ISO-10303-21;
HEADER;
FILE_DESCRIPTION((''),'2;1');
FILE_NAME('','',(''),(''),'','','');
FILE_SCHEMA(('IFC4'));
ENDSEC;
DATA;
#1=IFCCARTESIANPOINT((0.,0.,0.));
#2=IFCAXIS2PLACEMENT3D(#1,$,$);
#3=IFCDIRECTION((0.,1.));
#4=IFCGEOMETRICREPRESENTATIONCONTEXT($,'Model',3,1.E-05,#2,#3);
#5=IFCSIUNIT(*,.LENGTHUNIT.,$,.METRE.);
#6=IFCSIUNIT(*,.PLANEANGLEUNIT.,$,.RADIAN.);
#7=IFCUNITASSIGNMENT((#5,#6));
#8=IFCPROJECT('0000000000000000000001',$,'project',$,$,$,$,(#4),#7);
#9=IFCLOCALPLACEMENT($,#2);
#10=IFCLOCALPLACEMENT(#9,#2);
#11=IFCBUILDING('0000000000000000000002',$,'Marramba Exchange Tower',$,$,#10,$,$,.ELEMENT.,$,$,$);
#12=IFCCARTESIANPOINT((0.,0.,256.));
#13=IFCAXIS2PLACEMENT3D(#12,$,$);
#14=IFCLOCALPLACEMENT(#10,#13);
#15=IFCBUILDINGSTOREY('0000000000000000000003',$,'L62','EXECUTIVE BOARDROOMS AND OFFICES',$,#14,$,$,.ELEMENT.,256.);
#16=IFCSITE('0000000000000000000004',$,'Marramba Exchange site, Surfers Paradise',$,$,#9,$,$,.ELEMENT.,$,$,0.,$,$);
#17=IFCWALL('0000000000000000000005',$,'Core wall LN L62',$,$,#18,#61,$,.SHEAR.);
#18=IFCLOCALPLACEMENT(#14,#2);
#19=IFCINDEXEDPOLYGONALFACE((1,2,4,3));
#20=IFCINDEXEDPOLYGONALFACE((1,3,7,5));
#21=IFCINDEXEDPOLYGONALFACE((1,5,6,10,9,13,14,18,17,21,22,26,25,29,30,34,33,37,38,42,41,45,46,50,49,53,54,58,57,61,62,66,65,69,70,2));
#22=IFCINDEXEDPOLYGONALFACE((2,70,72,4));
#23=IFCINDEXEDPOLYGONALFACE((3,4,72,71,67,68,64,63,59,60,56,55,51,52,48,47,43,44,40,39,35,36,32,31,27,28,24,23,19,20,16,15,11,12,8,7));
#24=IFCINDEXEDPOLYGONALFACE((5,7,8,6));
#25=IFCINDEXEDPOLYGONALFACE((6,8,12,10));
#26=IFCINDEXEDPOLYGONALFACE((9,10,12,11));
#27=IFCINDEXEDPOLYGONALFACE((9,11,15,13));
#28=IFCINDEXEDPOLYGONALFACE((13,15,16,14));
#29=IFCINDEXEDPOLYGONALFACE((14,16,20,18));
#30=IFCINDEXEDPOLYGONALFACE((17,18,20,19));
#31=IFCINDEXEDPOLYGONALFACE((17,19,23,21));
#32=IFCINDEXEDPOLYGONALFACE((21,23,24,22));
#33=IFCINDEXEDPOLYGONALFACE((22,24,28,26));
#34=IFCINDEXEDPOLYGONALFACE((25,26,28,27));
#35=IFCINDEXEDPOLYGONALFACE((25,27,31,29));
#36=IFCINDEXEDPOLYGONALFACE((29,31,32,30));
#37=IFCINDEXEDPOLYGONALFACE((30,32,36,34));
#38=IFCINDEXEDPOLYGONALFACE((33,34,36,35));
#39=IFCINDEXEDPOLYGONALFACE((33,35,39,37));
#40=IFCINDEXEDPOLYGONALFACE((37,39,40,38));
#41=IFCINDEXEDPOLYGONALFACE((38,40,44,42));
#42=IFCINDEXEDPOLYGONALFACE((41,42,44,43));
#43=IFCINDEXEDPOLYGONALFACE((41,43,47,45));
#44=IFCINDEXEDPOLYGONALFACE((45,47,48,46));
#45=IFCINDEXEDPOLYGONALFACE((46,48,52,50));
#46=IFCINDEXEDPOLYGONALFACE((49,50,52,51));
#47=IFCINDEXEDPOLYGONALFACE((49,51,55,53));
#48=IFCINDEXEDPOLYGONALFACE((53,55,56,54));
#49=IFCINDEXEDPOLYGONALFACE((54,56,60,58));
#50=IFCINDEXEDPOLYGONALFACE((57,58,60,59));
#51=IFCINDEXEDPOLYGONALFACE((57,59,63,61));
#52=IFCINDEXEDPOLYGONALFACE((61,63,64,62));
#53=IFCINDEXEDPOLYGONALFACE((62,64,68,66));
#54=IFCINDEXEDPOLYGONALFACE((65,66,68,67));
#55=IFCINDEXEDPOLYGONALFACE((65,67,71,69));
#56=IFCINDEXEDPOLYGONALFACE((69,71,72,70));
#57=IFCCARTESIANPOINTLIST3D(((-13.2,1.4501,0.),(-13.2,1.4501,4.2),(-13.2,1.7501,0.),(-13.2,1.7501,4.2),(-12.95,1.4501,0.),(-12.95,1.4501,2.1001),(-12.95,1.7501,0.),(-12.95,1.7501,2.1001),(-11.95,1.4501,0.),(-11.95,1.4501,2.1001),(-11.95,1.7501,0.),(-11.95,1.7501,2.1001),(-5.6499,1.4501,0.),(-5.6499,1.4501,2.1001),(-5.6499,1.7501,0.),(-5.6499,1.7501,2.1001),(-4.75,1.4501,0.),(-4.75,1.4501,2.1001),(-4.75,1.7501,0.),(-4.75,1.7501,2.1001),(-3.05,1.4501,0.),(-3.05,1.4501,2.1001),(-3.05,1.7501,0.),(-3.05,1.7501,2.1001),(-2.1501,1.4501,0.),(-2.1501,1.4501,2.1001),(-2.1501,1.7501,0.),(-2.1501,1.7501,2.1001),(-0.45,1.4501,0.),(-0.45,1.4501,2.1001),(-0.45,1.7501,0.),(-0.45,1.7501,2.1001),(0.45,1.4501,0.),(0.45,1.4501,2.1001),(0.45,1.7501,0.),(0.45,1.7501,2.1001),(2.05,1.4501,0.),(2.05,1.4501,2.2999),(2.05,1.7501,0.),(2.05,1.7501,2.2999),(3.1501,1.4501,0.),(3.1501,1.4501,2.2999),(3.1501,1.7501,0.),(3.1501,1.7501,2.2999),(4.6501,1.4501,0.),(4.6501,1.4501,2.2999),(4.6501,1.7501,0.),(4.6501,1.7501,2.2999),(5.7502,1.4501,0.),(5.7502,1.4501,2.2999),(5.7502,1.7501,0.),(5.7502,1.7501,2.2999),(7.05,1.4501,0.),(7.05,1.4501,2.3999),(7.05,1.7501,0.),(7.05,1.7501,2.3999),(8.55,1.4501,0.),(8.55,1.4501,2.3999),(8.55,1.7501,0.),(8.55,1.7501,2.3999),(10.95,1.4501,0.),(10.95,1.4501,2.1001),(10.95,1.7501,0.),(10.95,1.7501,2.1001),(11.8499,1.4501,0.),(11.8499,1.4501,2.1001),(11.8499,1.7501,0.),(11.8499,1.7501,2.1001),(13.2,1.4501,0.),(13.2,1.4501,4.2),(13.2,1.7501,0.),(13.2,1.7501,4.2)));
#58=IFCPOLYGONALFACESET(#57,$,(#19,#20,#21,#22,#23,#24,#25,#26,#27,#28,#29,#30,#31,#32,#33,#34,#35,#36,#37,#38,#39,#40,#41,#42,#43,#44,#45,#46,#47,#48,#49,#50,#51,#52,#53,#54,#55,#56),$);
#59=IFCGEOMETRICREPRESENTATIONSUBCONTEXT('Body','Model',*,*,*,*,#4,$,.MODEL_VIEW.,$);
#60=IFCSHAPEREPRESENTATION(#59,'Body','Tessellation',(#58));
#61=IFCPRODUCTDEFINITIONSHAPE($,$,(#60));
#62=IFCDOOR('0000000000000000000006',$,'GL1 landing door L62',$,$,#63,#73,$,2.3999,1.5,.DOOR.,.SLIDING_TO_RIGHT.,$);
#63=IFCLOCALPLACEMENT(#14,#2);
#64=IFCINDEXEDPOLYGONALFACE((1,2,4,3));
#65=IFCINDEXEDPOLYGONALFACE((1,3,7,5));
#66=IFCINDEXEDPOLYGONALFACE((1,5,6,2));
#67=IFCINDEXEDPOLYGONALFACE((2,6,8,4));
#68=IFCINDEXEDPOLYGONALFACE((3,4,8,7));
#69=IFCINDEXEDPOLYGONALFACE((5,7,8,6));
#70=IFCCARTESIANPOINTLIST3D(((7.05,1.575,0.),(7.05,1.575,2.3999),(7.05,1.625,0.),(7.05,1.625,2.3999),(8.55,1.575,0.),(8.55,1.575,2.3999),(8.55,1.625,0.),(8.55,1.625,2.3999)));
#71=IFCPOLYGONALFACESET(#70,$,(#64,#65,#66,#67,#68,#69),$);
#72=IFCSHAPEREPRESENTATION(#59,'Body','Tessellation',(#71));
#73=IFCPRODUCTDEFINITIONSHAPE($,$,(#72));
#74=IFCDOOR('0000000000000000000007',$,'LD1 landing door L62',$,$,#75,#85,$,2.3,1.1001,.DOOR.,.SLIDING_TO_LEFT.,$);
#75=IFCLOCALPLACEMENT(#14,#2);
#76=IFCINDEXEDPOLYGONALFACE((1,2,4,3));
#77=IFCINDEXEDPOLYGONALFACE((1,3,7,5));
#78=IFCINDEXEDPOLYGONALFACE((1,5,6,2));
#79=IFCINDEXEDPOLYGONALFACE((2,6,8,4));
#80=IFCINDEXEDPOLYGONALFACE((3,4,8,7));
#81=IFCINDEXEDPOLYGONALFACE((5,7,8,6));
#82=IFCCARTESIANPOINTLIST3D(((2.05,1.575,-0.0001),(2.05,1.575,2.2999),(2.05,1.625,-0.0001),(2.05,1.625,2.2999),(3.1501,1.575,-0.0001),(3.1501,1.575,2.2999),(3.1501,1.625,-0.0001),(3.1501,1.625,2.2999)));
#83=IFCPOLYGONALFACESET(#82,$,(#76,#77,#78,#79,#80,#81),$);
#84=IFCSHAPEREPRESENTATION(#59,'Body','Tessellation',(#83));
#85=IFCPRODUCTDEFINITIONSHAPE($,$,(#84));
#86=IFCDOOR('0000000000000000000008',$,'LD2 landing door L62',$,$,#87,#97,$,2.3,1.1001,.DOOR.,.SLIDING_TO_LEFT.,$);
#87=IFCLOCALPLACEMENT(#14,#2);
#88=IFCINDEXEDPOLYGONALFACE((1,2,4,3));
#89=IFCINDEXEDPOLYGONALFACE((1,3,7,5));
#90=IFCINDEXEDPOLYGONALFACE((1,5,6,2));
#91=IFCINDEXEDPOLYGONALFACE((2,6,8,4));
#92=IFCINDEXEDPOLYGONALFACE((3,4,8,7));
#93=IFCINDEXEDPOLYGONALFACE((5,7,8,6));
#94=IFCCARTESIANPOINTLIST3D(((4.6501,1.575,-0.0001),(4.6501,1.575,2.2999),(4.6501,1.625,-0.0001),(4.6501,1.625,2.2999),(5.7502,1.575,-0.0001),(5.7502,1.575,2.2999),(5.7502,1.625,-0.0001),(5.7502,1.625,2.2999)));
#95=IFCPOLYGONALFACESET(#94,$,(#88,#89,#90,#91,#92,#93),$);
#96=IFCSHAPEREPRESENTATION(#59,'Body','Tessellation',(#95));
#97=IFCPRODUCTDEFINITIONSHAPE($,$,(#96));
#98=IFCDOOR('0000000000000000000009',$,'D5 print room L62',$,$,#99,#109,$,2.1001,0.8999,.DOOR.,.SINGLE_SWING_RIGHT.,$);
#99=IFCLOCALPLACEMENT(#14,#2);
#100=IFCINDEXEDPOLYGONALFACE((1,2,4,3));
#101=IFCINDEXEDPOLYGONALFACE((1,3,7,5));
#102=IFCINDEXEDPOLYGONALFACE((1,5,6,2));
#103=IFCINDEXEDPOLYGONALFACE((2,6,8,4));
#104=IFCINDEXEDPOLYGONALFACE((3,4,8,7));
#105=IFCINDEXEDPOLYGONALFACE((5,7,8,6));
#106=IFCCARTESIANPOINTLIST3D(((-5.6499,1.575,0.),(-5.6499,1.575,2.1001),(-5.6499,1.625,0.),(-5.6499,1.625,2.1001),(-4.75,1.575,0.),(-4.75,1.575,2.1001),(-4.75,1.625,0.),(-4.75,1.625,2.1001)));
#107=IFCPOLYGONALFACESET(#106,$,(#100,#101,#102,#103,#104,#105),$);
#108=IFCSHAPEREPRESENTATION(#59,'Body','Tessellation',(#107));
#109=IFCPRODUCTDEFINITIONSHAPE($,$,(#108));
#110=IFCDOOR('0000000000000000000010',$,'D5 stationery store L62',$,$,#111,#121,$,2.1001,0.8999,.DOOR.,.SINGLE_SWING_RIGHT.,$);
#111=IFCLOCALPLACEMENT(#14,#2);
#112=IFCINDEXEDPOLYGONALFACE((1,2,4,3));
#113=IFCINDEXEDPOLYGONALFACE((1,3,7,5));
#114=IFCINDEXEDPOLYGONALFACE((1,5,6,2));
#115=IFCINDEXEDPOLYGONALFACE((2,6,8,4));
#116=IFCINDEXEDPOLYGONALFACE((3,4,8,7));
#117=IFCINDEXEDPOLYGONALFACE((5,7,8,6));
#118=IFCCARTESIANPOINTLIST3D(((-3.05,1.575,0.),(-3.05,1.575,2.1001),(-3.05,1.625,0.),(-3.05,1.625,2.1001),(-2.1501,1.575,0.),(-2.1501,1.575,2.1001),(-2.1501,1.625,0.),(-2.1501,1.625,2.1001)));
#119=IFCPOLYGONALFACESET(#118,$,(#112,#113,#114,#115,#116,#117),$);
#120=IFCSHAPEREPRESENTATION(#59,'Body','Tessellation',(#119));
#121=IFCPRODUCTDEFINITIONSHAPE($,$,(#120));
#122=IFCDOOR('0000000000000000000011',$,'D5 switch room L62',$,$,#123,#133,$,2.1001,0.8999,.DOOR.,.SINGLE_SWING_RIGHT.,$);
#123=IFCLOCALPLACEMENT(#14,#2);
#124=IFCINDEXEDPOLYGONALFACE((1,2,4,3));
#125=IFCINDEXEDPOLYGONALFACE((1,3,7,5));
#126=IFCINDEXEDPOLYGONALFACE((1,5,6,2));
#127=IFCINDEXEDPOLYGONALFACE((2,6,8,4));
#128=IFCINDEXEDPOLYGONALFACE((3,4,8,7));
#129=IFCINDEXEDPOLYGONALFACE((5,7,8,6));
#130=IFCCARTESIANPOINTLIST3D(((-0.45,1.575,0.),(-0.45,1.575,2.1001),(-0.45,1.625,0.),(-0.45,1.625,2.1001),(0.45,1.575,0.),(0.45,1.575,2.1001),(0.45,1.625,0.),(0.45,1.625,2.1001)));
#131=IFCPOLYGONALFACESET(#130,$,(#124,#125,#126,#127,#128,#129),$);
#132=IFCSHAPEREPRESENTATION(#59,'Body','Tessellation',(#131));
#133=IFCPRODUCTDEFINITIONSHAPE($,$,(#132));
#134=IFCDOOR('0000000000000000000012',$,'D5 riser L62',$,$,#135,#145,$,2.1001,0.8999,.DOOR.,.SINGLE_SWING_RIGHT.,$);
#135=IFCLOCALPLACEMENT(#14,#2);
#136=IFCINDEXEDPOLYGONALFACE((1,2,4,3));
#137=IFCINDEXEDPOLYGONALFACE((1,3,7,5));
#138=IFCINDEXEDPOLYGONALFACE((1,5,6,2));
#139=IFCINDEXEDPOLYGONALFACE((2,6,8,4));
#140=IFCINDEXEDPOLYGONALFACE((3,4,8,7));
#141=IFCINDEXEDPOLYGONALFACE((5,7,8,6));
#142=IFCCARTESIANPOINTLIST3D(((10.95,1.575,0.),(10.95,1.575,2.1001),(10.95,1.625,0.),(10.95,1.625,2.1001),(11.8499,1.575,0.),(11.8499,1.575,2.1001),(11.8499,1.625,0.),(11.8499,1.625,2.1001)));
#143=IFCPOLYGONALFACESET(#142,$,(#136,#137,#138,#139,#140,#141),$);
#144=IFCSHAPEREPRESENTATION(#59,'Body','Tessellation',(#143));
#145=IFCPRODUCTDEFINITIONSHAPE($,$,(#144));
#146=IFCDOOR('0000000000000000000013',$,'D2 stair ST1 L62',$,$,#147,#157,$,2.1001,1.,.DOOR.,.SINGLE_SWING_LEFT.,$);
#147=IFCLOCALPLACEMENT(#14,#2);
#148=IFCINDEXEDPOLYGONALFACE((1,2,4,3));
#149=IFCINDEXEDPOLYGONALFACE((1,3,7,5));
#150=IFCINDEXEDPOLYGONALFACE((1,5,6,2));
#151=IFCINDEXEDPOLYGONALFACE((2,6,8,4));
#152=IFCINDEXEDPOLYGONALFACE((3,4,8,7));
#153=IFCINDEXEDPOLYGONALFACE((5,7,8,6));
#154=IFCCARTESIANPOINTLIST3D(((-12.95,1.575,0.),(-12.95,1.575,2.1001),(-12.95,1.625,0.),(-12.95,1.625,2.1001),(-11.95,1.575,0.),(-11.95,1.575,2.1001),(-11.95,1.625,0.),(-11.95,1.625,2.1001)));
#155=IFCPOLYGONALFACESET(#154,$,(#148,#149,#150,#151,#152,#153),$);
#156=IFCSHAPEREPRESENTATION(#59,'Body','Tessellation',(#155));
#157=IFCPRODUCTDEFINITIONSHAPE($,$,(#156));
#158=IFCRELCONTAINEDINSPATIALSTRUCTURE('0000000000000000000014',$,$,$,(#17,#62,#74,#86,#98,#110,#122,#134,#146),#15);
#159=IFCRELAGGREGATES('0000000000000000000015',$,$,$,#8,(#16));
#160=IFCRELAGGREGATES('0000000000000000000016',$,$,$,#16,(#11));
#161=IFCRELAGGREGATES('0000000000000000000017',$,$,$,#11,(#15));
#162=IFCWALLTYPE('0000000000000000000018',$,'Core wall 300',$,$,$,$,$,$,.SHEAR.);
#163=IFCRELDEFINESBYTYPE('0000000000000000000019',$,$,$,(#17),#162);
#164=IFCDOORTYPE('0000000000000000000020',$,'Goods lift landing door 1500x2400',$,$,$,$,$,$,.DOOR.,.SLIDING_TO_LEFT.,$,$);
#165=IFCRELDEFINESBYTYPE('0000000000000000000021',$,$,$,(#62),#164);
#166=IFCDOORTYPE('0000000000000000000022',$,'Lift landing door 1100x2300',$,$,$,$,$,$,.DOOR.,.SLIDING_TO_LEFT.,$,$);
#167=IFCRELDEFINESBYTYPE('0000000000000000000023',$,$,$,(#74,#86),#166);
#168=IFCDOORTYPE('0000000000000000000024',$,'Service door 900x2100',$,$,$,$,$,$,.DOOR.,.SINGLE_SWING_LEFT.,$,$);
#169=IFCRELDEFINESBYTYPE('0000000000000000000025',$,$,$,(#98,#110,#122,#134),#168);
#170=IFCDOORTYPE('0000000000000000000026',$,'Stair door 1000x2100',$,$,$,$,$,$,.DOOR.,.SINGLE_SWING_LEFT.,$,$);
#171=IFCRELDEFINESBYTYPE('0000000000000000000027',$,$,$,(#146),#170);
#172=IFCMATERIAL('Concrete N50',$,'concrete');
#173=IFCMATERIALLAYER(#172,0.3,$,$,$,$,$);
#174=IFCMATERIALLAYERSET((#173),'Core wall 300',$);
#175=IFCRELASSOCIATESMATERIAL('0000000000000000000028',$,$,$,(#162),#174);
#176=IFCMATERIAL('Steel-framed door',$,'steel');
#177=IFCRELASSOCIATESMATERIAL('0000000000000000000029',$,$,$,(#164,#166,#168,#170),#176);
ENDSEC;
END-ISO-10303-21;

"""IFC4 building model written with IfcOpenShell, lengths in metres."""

from ifc_helpers import new_model, si_unit, direction, frame, frame_2d, origin, place, context, subcontext, project, spatial, rectangle, extrude, material, layer, layer_set, type_object, element, fill, save


model = new_model("IFC4")

# Units and contexts
model_context = context("Model", 3, precision=1e-05, world=origin(), true_north=direction((0.0, 1.0)))
body_context = subcontext(model_context, "Body", "Model", "MODEL_VIEW")
ifc_project = project(units=[si_unit("LENGTHUNIT", "METRE"), si_unit("PLANEANGLEUNIT", "RADIAN")], contexts=[model_context])

# Site, building, storey
site_placement = place(None, origin())
site = spatial("IfcSite", under=ifc_project, at=site_placement, Name="Marramba Exchange site, Surfers Paradise", CompositionType="ELEMENT", RefElevation=0.0)
building_placement = place(site_placement, origin())
building = spatial("IfcBuilding", under=site, at=building_placement, Name="Marramba Exchange Tower", CompositionType="ELEMENT")
storey_placement = place(building_placement, frame((0.0, 0.0, 256.0)))
storey = spatial("IfcBuildingStorey", under=building, at=storey_placement, Name="L62", Description="EXECUTIVE BOARDROOMS AND OFFICES", CompositionType="ELEMENT", Elevation=256.0)

# Shared definitions
ifc_material_1 = material(Name="Concrete N50", Category="concrete")

# Wall, openings, doors
ifc_layer_1 = layer(ifc_material_1, 0.3)
ifc_layer_set_1 = layer_set([ifc_layer_1], Name="Core wall 300")
wall_type_1 = type_object("IfcWallType", Name="Core wall 300", PredefinedType="SHEAR", material=ifc_layer_set_1)
wall_1_placement = place(storey_placement, frame((-13.2, 1.6001, 0.0), z_axis=(0.0, 0.0, 1.0), x_axis=(1.0, 0.0, 0.0)))
wall_1 = element("IfcWall", 1, at=wall_1_placement, inside=storey, type_object=wall_type_1, Name="Core wall LN L62", PredefinedType="SHEAR", context=body_context, shape_type="SweptSolid", body=[
    extrude(rectangle(XDim=26.3999, YDim=0.3, at=frame_2d((13.2, 0.0))), origin(), (0.0, 0.0, 1.0), 4.2),
])
opening_1_placement = place(wall_1_placement, frame((0.25, 0.0, 0.0)))
opening_1 = element("IfcOpeningElement", 2, at=opening_1_placement, cuts=wall_1, PredefinedType="OPENING", context=body_context, shape_type="SweptSolid", body=[
    extrude(rectangle(XDim=1.0, YDim=2.1001, at=frame_2d((0.5, 1.05))), frame((0.0, 0.1599, 0.0), z_axis=(0.0, -1.0, 0.0), x_axis=(1.0, 0.0, 0.0)), (0.0, 0.0, 1.0), 0.3201),
])
opening_2_placement = place(wall_1_placement, frame((20.25, 0.0, 0.0)))
opening_2 = element("IfcOpeningElement", 3, at=opening_2_placement, cuts=wall_1, PredefinedType="OPENING", context=body_context, shape_type="SweptSolid", body=[
    extrude(rectangle(XDim=1.5, YDim=2.3999, at=frame_2d((0.75, 1.2))), frame((0.0, 0.1599, 0.0), z_axis=(0.0, -1.0, 0.0), x_axis=(1.0, 0.0, 0.0)), (0.0, 0.0, 1.0), 0.3201),
])
opening_3_placement = place(wall_1_placement, frame((7.55, 0.0, 0.0)))
opening_3 = element("IfcOpeningElement", 4, at=opening_3_placement, cuts=wall_1, PredefinedType="OPENING", context=body_context, shape_type="SweptSolid", body=[
    extrude(rectangle(XDim=0.8999, YDim=2.1001, at=frame_2d((0.45, 1.05))), frame((0.0, 0.1599, 0.0), z_axis=(0.0, -1.0, 0.0), x_axis=(1.0, 0.0, 0.0)), (0.0, 0.0, 1.0), 0.3201),
])
opening_4_placement = place(wall_1_placement, frame((10.1499, 0.0, 0.0)))
opening_4 = element("IfcOpeningElement", 5, at=opening_4_placement, cuts=wall_1, PredefinedType="OPENING", context=body_context, shape_type="SweptSolid", body=[
    extrude(rectangle(XDim=0.8999, YDim=2.1001, at=frame_2d((0.45, 1.05))), frame((0.0, 0.1599, 0.0), z_axis=(0.0, -1.0, 0.0), x_axis=(1.0, 0.0, 0.0)), (0.0, 0.0, 1.0), 0.3201),
])
opening_5_placement = place(wall_1_placement, frame((12.75, 0.0, 0.0)))
opening_5 = element("IfcOpeningElement", 6, at=opening_5_placement, cuts=wall_1, PredefinedType="OPENING", context=body_context, shape_type="SweptSolid", body=[
    extrude(rectangle(XDim=0.8999, YDim=2.1001, at=frame_2d((0.45, 1.05))), frame((0.0, 0.1599, 0.0), z_axis=(0.0, -1.0, 0.0), x_axis=(1.0, 0.0, 0.0)), (0.0, 0.0, 1.0), 0.3201),
])
opening_6_placement = place(wall_1_placement, frame((15.25, 0.0, 0.0)))
opening_6 = element("IfcOpeningElement", 7, at=opening_6_placement, cuts=wall_1, PredefinedType="OPENING", context=body_context, shape_type="SweptSolid", body=[
    extrude(rectangle(XDim=1.1001, YDim=2.3, at=frame_2d((0.55, 1.1499))), frame((0.0, 0.1599, 0.0), z_axis=(0.0, -1.0, 0.0), x_axis=(1.0, 0.0, 0.0)), (0.0, 0.0, 1.0), 0.3201),
])
opening_7_placement = place(wall_1_placement, frame((17.8501, 0.0, 0.0)))
opening_7 = element("IfcOpeningElement", 8, at=opening_7_placement, cuts=wall_1, PredefinedType="OPENING", context=body_context, shape_type="SweptSolid", body=[
    extrude(rectangle(XDim=1.1001, YDim=2.3, at=frame_2d((0.55, 1.1499))), frame((0.0, 0.1599, 0.0), z_axis=(0.0, -1.0, 0.0), x_axis=(1.0, 0.0, 0.0)), (0.0, 0.0, 1.0), 0.3201),
])
opening_8_placement = place(wall_1_placement, frame((24.1499, 0.0, 0.0)))
opening_8 = element("IfcOpeningElement", 9, at=opening_8_placement, cuts=wall_1, PredefinedType="OPENING", context=body_context, shape_type="SweptSolid", body=[
    extrude(rectangle(XDim=0.8999, YDim=2.1001, at=frame_2d((0.45, 1.05))), frame((0.0, 0.1599, 0.0), z_axis=(0.0, -1.0, 0.0), x_axis=(1.0, 0.0, 0.0)), (0.0, 0.0, 1.0), 0.3201),
])
ifc_material_2 = material(Name="Steel-framed door", Category="steel")
door_type_1 = type_object("IfcDoorType", Name="Goods lift landing door 1500x2400", OperationType="SLIDING_TO_LEFT", PredefinedType="DOOR", material=ifc_material_2)
door_1_placement = place(opening_2_placement, origin())
door_1 = element("IfcDoor", 10, at=door_1_placement, inside=storey, type_object=door_type_1, Name="GL1 landing door L62", OperationType="SLIDING_TO_RIGHT", OverallHeight=2.3999, OverallWidth=1.5, PredefinedType="DOOR", context=body_context, shape_type="SweptSolid", body=[
    extrude(rectangle(XDim=1.5, YDim=2.3999, at=frame_2d((0.75, 1.2))), frame((0.0, 0.0249, 0.0), z_axis=(0.0, -1.0, 0.0), x_axis=(1.0, 0.0, 0.0)), (0.0, 0.0, 1.0), 0.05),
])
fill(opening_2, door_1)
door_type_2 = type_object("IfcDoorType", Name="Lift landing door 1100x2300", OperationType="SLIDING_TO_LEFT", PredefinedType="DOOR", material=ifc_material_2)
door_2_placement = place(opening_6_placement, origin())
door_2 = element("IfcDoor", 11, at=door_2_placement, inside=storey, type_object=door_type_2, Name="LD1 landing door L62", OperationType="SLIDING_TO_LEFT", OverallHeight=2.3, OverallWidth=1.1001, PredefinedType="DOOR", context=body_context, shape_type="SweptSolid", body=[
    extrude(rectangle(XDim=1.1001, YDim=2.3, at=frame_2d((0.55, 1.1499))), frame((0.0, 0.0249, 0.0), z_axis=(0.0, -1.0, 0.0), x_axis=(1.0, 0.0, 0.0)), (0.0, 0.0, 1.0), 0.05),
])
fill(opening_6, door_2)
door_3_placement = place(opening_7_placement, origin())
door_3 = element("IfcDoor", 12, at=door_3_placement, inside=storey, type_object=door_type_2, Name="LD2 landing door L62", OperationType="SLIDING_TO_LEFT", OverallHeight=2.3, OverallWidth=1.1001, PredefinedType="DOOR", context=body_context, shape_type="SweptSolid", body=[
    extrude(rectangle(XDim=1.1001, YDim=2.3, at=frame_2d((0.55, 1.1499))), frame((0.0, 0.0249, 0.0), z_axis=(0.0, -1.0, 0.0), x_axis=(1.0, 0.0, 0.0)), (0.0, 0.0, 1.0), 0.05),
])
fill(opening_7, door_3)
door_type_3 = type_object("IfcDoorType", Name="Service door 900x2100", OperationType="SINGLE_SWING_LEFT", PredefinedType="DOOR", material=ifc_material_2)
door_4_placement = place(opening_3_placement, origin())
door_4 = element("IfcDoor", 13, at=door_4_placement, inside=storey, type_object=door_type_3, Name="D5 print room L62", OperationType="SINGLE_SWING_RIGHT", OverallHeight=2.1001, OverallWidth=0.8999, PredefinedType="DOOR", context=body_context, shape_type="SweptSolid", body=[
    extrude(rectangle(XDim=0.8999, YDim=2.1001, at=frame_2d((0.45, 1.05))), frame((0.0, 0.0249, 0.0), z_axis=(0.0, -1.0, 0.0), x_axis=(1.0, 0.0, 0.0)), (0.0, 0.0, 1.0), 0.05),
])
fill(opening_3, door_4)
door_5_placement = place(opening_4_placement, origin())
door_5 = element("IfcDoor", 14, at=door_5_placement, inside=storey, type_object=door_type_3, Name="D5 stationery store L62", OperationType="SINGLE_SWING_RIGHT", OverallHeight=2.1001, OverallWidth=0.8999, PredefinedType="DOOR", context=body_context, shape_type="SweptSolid", body=[
    extrude(rectangle(XDim=0.8999, YDim=2.1001, at=frame_2d((0.45, 1.05))), frame((0.0, 0.0249, 0.0), z_axis=(0.0, -1.0, 0.0), x_axis=(1.0, 0.0, 0.0)), (0.0, 0.0, 1.0), 0.05),
])
fill(opening_4, door_5)
door_6_placement = place(opening_5_placement, origin())
door_6 = element("IfcDoor", 15, at=door_6_placement, inside=storey, type_object=door_type_3, Name="D5 switch room L62", OperationType="SINGLE_SWING_RIGHT", OverallHeight=2.1001, OverallWidth=0.8999, PredefinedType="DOOR", context=body_context, shape_type="SweptSolid", body=[
    extrude(rectangle(XDim=0.8999, YDim=2.1001, at=frame_2d((0.45, 1.05))), frame((0.0, 0.0249, 0.0), z_axis=(0.0, -1.0, 0.0), x_axis=(1.0, 0.0, 0.0)), (0.0, 0.0, 1.0), 0.05),
])
fill(opening_5, door_6)
door_7_placement = place(opening_8_placement, origin())
door_7 = element("IfcDoor", 16, at=door_7_placement, inside=storey, type_object=door_type_3, Name="D5 riser L62", OperationType="SINGLE_SWING_RIGHT", OverallHeight=2.1001, OverallWidth=0.8999, PredefinedType="DOOR", context=body_context, shape_type="SweptSolid", body=[
    extrude(rectangle(XDim=0.8999, YDim=2.1001, at=frame_2d((0.45, 1.05))), frame((0.0, 0.0249, 0.0), z_axis=(0.0, -1.0, 0.0), x_axis=(1.0, 0.0, 0.0)), (0.0, 0.0, 1.0), 0.05),
])
fill(opening_8, door_7)
door_type_4 = type_object("IfcDoorType", Name="Stair door 1000x2100", OperationType="SINGLE_SWING_LEFT", PredefinedType="DOOR", material=ifc_material_2)
door_8_placement = place(opening_1_placement, origin())
door_8 = element("IfcDoor", 17, at=door_8_placement, inside=storey, type_object=door_type_4, Name="D2 stair ST1 L62", OperationType="SINGLE_SWING_LEFT", OverallHeight=2.1001, OverallWidth=1.0, PredefinedType="DOOR", context=body_context, shape_type="SweptSolid", body=[
    extrude(rectangle(XDim=1.0, YDim=2.1001, at=frame_2d((0.5, 1.05))), frame((0.0, 0.0249, 0.0), z_axis=(0.0, -1.0, 0.0), x_axis=(1.0, 0.0, 0.0)), (0.0, 0.0, 1.0), 0.05),
])
fill(opening_1, door_8)

save(model, "model.ifc")
